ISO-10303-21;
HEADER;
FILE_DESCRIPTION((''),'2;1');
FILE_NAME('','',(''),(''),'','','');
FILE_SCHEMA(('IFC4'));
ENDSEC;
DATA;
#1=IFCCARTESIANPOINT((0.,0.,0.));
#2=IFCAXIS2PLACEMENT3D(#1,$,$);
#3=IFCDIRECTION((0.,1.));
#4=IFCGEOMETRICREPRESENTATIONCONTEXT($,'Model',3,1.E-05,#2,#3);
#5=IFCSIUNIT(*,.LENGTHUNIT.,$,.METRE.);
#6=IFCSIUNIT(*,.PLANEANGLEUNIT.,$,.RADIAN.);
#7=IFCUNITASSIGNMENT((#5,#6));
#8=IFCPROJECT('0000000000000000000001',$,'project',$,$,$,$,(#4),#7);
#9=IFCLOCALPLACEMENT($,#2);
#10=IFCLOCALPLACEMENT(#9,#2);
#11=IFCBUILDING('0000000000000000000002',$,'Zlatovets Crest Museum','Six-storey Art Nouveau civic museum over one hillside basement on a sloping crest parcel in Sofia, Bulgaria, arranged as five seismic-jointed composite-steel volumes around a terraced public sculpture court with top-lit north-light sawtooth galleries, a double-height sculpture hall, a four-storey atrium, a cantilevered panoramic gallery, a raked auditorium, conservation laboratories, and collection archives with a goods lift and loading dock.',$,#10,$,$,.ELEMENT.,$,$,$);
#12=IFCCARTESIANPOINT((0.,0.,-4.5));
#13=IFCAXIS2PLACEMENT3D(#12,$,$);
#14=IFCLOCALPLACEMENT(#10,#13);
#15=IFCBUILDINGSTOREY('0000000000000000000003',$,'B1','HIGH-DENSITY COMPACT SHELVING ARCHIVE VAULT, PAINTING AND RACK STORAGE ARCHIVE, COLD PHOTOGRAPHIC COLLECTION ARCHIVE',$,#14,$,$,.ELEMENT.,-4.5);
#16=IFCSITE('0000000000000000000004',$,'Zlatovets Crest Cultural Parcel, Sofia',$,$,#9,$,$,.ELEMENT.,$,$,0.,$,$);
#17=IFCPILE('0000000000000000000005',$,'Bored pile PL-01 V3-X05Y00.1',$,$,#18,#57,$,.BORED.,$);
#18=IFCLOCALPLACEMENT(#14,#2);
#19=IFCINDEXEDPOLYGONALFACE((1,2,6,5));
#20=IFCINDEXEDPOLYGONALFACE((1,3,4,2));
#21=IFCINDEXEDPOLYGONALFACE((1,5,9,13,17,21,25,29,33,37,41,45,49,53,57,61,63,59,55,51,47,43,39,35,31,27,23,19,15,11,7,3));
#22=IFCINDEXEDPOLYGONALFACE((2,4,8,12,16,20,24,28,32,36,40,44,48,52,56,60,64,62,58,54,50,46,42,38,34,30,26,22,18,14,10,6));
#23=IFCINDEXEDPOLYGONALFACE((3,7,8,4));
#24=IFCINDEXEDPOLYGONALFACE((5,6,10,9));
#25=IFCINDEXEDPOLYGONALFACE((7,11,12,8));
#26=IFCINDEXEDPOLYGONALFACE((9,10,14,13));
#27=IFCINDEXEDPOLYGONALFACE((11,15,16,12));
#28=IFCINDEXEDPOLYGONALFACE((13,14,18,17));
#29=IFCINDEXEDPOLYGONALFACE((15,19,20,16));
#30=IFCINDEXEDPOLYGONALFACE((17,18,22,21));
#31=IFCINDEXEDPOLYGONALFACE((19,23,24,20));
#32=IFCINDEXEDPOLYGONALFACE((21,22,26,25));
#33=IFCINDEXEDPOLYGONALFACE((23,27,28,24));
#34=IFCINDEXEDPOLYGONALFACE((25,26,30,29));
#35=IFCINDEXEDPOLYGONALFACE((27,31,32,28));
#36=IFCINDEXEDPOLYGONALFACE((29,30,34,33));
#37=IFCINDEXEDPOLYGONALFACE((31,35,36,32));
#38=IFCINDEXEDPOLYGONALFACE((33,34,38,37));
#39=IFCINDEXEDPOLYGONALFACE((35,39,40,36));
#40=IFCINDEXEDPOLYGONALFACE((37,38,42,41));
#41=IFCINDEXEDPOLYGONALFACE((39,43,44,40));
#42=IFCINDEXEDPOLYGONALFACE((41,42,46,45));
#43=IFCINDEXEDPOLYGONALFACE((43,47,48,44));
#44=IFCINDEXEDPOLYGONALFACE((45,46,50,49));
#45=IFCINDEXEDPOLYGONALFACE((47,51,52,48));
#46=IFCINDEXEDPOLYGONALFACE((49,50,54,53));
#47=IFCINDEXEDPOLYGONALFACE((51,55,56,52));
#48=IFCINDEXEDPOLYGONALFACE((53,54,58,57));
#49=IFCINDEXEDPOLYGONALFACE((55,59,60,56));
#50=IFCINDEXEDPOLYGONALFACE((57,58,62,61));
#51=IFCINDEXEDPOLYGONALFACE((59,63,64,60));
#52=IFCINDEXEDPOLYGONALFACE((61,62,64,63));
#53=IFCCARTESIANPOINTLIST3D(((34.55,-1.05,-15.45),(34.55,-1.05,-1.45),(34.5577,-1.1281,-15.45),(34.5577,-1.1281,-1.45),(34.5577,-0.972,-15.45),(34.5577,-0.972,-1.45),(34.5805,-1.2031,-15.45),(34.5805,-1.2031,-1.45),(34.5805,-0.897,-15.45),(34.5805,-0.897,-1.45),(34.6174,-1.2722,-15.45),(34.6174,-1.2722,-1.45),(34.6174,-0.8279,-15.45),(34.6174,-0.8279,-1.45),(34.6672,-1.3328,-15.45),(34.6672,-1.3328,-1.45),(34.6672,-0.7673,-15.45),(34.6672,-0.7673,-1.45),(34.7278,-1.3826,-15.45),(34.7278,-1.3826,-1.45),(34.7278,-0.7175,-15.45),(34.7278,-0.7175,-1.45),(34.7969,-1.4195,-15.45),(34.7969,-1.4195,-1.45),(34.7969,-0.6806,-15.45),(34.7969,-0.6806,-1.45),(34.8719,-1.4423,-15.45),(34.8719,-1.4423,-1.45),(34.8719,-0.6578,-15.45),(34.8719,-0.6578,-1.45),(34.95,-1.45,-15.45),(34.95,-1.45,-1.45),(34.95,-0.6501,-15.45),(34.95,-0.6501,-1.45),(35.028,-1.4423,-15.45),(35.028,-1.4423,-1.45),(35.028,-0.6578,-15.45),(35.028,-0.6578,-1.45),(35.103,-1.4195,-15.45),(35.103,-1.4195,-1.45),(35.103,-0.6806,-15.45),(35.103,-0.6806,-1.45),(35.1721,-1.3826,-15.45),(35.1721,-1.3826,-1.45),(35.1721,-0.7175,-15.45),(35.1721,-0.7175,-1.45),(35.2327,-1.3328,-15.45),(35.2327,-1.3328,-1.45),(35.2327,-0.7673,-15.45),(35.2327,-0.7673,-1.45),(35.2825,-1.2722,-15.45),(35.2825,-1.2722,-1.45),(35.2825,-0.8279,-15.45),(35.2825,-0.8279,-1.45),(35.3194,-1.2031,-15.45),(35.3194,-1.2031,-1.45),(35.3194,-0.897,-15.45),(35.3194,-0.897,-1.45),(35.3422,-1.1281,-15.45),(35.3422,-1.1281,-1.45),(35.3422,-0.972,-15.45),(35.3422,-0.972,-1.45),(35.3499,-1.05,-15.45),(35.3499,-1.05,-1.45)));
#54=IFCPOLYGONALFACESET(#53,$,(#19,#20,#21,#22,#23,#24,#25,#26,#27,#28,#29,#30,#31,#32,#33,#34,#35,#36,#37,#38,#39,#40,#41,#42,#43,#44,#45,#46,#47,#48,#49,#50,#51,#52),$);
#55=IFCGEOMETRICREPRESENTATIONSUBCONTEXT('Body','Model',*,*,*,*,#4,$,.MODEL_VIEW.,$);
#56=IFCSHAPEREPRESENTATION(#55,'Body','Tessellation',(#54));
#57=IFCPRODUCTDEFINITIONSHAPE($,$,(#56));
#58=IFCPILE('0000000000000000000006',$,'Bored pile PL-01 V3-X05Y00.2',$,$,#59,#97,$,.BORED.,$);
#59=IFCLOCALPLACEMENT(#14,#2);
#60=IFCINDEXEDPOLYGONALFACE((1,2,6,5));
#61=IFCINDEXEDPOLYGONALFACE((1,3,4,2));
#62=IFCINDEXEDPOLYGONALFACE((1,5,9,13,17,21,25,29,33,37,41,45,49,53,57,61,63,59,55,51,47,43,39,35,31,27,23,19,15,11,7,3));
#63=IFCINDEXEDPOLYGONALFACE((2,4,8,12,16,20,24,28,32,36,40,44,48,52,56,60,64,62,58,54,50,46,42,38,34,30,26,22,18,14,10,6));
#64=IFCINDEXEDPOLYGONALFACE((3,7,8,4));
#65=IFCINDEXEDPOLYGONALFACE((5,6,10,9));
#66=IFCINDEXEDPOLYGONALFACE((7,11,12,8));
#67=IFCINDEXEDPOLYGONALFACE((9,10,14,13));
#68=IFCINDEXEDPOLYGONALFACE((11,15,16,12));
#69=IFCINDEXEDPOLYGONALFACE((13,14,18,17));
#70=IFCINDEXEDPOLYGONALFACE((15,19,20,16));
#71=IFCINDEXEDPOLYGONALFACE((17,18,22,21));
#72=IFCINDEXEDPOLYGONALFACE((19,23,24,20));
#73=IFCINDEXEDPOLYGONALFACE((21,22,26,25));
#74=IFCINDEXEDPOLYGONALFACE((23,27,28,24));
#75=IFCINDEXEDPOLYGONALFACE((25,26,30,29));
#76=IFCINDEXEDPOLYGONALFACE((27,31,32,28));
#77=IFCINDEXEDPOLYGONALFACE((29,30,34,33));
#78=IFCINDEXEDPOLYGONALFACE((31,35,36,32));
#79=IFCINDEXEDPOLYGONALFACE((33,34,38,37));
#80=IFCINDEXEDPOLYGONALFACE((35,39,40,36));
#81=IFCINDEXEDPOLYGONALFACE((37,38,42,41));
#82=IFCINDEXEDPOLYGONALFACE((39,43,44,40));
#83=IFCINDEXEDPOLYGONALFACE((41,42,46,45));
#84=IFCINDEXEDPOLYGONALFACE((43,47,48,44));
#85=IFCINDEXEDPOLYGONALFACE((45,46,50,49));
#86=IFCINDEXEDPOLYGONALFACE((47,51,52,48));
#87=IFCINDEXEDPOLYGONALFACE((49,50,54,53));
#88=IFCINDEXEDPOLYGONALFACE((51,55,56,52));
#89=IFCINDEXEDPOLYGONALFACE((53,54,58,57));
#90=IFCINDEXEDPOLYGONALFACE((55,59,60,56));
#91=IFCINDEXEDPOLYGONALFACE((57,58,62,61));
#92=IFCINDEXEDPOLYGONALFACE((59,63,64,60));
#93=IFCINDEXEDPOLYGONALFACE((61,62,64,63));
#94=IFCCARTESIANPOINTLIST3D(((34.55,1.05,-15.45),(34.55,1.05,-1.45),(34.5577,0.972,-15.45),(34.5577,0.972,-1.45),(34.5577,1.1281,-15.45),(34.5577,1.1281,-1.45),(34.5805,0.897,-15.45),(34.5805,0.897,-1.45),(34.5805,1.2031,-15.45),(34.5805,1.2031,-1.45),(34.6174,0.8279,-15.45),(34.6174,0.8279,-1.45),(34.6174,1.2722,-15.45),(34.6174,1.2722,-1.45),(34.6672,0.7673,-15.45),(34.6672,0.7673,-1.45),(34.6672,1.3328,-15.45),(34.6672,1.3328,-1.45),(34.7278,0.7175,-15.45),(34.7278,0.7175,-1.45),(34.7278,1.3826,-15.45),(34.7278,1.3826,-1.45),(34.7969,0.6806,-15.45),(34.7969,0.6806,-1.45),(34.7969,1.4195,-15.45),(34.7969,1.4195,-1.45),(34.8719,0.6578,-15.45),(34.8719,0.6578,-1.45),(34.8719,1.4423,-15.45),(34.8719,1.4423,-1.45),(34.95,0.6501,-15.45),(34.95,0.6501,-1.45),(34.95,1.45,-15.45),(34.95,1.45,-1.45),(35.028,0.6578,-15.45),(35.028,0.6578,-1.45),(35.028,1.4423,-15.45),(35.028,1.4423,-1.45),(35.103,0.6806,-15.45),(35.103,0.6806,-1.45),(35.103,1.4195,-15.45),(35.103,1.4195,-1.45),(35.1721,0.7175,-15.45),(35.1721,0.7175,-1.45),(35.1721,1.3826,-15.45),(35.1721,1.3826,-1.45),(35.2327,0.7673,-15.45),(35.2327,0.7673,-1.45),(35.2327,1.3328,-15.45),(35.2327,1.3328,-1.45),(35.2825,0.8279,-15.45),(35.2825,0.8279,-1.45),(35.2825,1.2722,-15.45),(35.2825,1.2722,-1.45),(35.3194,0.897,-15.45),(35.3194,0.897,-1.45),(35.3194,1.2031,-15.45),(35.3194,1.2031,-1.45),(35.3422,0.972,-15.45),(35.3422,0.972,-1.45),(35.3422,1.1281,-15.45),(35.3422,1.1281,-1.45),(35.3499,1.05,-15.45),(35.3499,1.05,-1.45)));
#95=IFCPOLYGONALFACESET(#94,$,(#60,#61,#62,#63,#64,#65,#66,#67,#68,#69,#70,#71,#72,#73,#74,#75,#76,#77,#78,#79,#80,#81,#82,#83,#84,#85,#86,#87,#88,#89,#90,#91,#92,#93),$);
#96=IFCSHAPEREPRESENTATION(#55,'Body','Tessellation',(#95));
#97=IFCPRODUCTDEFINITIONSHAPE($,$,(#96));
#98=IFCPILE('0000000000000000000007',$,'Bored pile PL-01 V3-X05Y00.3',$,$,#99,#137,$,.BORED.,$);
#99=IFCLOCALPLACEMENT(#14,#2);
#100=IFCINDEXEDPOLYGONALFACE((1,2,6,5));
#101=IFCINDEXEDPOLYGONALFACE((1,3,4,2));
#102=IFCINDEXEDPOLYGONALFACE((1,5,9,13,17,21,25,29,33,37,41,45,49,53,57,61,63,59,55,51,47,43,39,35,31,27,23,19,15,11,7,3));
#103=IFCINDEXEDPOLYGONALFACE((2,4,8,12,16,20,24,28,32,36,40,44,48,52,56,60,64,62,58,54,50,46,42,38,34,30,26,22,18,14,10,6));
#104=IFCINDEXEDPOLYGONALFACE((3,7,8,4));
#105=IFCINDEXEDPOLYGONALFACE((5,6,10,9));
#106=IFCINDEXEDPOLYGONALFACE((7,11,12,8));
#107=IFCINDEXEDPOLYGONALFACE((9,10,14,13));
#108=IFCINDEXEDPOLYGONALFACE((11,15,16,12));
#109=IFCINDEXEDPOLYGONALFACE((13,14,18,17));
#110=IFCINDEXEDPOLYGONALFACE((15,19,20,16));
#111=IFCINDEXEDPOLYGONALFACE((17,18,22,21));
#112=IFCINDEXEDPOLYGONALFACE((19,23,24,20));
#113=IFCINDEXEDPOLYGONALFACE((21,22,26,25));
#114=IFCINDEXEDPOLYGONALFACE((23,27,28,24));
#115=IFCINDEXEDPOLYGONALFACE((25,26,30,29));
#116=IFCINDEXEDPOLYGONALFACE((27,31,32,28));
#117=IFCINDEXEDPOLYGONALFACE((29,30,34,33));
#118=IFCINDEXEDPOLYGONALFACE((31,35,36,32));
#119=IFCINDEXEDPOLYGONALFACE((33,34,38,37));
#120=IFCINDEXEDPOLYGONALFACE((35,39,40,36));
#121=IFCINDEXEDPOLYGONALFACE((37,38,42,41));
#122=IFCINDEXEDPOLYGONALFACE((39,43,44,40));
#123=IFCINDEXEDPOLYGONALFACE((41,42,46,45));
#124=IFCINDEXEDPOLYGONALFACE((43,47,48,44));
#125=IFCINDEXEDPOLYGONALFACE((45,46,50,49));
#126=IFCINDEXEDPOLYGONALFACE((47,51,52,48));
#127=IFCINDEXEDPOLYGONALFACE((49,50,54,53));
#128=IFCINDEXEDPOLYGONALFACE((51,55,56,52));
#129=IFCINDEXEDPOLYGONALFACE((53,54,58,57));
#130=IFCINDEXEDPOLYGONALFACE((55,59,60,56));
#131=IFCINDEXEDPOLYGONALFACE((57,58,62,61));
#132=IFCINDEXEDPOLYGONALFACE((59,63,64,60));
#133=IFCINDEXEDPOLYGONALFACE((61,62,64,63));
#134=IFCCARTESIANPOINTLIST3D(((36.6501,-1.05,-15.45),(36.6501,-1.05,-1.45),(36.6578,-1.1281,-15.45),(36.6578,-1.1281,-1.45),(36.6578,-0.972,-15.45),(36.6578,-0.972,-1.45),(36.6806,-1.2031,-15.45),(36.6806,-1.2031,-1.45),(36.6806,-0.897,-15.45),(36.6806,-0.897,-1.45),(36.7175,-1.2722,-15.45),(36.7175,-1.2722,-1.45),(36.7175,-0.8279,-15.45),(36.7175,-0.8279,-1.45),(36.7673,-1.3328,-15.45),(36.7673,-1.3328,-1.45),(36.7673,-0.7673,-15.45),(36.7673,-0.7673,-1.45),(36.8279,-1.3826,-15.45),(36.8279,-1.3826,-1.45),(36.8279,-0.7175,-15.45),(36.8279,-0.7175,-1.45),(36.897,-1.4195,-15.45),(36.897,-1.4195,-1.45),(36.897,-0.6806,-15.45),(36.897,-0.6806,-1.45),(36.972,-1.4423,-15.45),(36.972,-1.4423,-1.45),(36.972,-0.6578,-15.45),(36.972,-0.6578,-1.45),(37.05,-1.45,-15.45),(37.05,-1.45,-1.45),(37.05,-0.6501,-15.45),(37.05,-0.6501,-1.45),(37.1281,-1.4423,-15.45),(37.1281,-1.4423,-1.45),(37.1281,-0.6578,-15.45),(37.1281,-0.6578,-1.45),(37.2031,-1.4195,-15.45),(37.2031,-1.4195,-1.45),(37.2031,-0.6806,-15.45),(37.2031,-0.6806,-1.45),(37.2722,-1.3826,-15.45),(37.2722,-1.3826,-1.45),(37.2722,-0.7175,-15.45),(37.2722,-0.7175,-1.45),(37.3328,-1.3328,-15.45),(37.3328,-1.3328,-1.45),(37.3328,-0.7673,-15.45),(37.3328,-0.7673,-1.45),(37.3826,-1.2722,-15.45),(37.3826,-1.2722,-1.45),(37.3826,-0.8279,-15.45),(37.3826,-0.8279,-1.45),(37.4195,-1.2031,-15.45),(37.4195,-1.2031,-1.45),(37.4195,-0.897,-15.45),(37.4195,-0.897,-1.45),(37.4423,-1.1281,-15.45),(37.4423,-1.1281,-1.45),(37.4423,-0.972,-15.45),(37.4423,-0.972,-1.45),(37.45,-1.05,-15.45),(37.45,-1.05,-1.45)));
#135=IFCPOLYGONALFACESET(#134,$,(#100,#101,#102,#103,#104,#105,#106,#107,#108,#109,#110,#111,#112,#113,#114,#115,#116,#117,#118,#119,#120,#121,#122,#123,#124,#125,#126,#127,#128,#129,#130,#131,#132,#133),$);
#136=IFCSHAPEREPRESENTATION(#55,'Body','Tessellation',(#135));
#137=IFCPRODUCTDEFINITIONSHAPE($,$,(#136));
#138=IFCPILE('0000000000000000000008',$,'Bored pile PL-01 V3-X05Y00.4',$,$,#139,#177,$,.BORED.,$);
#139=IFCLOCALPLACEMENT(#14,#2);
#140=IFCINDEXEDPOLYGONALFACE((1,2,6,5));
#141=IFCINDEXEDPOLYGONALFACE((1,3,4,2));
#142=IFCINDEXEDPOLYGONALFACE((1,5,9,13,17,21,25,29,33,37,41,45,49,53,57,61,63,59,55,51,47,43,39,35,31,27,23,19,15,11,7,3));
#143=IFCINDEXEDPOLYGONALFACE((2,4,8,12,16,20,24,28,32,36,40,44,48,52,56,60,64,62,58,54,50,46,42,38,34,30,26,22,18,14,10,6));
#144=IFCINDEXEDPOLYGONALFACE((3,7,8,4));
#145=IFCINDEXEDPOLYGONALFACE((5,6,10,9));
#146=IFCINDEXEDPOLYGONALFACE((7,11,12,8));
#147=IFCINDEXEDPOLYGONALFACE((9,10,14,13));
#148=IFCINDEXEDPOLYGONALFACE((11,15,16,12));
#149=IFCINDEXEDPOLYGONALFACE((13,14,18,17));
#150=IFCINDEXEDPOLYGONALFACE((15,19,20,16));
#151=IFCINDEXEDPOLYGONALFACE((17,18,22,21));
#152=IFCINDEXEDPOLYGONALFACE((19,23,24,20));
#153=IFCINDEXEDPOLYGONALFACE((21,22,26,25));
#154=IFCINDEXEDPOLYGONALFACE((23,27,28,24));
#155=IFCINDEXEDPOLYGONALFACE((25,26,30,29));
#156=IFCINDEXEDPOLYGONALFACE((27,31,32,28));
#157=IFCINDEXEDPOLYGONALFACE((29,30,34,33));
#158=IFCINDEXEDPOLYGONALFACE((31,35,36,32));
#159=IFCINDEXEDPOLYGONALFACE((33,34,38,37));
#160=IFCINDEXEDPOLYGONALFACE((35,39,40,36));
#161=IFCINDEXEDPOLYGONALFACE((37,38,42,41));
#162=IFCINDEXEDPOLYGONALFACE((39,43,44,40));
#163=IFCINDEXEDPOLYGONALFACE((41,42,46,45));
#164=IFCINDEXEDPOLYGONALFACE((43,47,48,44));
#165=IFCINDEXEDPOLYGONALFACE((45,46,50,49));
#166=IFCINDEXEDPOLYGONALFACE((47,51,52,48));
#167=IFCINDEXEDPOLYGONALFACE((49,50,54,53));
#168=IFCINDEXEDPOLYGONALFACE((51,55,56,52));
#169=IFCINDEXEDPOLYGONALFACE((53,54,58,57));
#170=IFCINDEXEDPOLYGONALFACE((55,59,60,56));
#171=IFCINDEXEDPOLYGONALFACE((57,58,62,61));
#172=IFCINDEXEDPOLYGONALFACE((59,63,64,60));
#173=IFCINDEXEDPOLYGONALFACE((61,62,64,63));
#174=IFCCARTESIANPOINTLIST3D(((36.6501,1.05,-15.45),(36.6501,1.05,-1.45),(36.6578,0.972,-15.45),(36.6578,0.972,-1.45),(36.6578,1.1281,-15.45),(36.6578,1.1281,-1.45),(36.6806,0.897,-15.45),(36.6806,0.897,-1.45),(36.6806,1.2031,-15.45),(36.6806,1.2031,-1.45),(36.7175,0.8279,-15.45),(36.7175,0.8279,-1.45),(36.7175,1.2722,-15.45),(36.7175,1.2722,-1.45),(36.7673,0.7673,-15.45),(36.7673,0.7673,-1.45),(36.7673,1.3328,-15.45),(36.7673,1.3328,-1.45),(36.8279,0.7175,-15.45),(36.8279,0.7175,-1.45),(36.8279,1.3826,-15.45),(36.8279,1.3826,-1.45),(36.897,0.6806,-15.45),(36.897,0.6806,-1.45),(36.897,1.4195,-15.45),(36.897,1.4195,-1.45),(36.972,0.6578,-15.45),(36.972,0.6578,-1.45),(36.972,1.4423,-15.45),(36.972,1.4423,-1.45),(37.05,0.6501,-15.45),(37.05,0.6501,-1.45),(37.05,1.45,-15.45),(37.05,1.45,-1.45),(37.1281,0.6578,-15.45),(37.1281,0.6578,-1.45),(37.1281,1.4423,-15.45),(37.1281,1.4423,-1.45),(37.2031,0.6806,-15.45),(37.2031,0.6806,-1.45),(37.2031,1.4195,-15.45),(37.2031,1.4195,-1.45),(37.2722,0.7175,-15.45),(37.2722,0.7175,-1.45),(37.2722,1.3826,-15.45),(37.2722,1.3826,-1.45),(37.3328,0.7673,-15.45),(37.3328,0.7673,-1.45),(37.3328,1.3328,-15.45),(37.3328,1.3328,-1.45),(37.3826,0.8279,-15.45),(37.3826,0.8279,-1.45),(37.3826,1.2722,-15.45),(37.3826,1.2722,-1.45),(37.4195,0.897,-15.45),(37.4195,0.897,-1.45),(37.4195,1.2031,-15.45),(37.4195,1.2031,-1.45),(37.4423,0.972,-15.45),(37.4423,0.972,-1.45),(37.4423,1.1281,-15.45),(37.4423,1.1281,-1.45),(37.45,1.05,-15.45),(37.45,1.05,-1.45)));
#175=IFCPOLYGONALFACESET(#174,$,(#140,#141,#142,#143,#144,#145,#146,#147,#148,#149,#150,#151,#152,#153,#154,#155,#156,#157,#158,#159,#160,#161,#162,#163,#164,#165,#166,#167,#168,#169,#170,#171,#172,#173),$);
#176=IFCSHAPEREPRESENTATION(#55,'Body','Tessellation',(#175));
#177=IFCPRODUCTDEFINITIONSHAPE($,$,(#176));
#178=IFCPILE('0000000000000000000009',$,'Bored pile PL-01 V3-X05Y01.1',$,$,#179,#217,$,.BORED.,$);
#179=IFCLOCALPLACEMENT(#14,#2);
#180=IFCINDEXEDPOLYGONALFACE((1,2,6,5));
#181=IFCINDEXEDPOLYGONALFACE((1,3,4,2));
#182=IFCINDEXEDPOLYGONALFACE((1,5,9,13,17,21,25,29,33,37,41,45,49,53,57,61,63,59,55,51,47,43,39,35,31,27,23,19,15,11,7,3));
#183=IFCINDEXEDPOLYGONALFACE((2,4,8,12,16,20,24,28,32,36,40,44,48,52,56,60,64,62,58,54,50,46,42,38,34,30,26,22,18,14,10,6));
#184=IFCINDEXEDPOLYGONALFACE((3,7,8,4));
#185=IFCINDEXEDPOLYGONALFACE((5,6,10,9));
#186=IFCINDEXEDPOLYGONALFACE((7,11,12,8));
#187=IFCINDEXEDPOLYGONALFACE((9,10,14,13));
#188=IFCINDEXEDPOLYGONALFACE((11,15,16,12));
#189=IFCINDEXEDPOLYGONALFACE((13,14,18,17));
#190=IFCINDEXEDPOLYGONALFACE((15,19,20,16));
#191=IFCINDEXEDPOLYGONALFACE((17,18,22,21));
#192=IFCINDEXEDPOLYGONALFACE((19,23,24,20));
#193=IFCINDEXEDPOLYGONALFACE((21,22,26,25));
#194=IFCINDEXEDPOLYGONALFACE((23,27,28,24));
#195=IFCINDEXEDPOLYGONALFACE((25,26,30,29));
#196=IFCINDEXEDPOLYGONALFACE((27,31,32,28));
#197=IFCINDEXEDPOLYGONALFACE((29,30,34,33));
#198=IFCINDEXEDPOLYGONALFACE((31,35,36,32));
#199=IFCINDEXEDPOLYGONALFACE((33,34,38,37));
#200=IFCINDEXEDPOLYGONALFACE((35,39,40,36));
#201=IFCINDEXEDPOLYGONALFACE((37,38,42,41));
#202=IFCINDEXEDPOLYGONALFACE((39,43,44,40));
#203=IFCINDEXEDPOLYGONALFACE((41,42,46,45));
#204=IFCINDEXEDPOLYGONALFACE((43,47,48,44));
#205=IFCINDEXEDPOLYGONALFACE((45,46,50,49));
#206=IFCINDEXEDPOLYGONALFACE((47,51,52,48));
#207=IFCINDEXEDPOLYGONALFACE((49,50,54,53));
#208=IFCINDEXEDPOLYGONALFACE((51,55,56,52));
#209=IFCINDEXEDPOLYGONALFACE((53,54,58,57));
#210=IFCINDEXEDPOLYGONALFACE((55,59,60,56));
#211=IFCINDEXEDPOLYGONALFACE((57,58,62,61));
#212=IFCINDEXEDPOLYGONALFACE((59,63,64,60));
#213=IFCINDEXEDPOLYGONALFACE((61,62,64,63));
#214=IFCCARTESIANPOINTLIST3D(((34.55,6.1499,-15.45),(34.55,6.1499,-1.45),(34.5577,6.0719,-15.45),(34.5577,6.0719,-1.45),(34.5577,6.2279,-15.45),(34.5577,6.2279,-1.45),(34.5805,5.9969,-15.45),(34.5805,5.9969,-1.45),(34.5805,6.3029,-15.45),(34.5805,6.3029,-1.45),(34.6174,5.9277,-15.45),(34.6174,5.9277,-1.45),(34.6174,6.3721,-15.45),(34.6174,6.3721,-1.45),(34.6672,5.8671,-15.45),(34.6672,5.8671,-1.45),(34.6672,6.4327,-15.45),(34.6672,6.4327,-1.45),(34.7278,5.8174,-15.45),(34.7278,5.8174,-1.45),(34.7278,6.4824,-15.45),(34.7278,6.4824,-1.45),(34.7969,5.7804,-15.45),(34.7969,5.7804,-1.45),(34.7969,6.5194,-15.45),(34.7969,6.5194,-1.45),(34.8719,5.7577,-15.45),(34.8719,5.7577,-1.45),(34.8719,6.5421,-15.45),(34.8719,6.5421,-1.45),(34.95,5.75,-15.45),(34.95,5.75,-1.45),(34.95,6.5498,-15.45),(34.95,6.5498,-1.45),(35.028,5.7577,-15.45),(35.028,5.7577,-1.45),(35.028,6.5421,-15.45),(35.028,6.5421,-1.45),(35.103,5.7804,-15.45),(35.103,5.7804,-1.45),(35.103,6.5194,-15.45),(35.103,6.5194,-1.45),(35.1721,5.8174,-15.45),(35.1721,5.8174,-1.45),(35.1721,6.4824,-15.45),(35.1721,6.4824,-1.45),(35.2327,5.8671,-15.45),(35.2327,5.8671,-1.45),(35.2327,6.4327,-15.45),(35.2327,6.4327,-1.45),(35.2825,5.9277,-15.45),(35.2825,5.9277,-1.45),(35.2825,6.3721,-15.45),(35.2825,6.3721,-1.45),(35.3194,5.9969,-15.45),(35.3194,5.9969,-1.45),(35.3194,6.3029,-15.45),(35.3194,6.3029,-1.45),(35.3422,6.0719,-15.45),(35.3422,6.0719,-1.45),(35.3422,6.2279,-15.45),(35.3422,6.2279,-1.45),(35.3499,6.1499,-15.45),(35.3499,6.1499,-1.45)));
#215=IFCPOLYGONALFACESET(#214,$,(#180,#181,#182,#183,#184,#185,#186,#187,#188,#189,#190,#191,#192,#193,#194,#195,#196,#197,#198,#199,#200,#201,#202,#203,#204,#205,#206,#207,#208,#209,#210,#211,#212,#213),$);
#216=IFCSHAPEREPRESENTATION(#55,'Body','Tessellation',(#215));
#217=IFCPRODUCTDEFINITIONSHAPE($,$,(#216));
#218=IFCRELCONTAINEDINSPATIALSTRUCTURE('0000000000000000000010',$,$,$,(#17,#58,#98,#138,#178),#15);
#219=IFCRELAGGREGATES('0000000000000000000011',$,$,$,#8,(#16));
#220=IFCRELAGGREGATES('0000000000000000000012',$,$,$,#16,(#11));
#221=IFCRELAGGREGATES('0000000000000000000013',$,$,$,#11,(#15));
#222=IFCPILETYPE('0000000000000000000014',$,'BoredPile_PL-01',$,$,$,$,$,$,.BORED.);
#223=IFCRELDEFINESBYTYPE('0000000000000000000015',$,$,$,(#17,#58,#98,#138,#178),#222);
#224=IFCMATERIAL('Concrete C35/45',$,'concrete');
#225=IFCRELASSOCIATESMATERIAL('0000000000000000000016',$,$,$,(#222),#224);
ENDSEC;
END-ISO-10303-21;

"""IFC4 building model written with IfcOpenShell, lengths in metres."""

from ifc_helpers import new_model, si_unit, direction, frame, origin, origin_2d, place, context, subcontext, project, spatial, circle, extrude, material, material_profile, profile_set, type_object, element, save


model = new_model("IFC4")

# Units and contexts
model_context = context("Model", 3, precision=1e-05, world=origin(), true_north=direction((0.0, 1.0)))
body_context = subcontext(model_context, "Body", "Model", "MODEL_VIEW")
ifc_project = project(units=[si_unit("LENGTHUNIT", "METRE"), si_unit("PLANEANGLEUNIT", "RADIAN")], contexts=[model_context])

# Site, building, storey
site_placement = place(None, origin())
site = spatial("IfcSite", under=ifc_project, at=site_placement, Name="Zlatovets Crest Cultural Parcel, Sofia", CompositionType="ELEMENT", RefElevation=0.0)
building_placement = place(site_placement, origin())
building = spatial("IfcBuilding", under=site, at=building_placement, Name="Zlatovets Crest Museum", Description="Six-storey Art Nouveau civic museum over one hillside basement on a sloping crest parcel in Sofia, Bulgaria, arranged as five seismic-jointed composite-steel volumes around a terraced public sculpture court with top-lit north-light sawtooth galleries, a double-height sculpture hall, a four-storey atrium, a cantilevered panoramic gallery, a raked auditorium, conservation laboratories, and collection archives with a goods lift and loading dock.", CompositionType="ELEMENT")
storey_placement = place(building_placement, frame((0.0, 0.0, -4.5)))
storey = spatial("IfcBuildingStorey", under=building, at=storey_placement, Name="B1", Description="HIGH-DENSITY COMPACT SHELVING ARCHIVE VAULT, PAINTING AND RACK STORAGE ARCHIVE, COLD PHOTOGRAPHIC COLLECTION ARCHIVE", CompositionType="ELEMENT", Elevation=-4.5)

# Piles
ifc_material_1 = material(Name="Concrete C35/45", Category="concrete")
ifc_material_profile_1 = material_profile(ifc_material_1, circle(Radius=0.3999, at=origin_2d()), Name="PILE D800")
ifc_profile_set_1 = profile_set([ifc_material_profile_1], Name="Concrete C35/45")
pile_type = type_object("IfcPileType", Name="BoredPile_PL-01", PredefinedType="BORED", material=ifc_profile_set_1)
for number, where, z_axis, x_axis, name in (
    (1, (34.95, -1.05, -1.45), (0.0, 0.0, -1.0), (1.0, 0.0, 0.0), "Bored pile PL-01 V3-X05Y00.1"),
    (2, (34.95, 1.05, -1.45), (0.0, 0.0, -1.0), (1.0, 0.0, 0.0), "Bored pile PL-01 V3-X05Y00.2"),
    (3, (37.05, -1.05, -1.45), (0.0, 0.0, -1.0), (1.0, 0.0, 0.0), "Bored pile PL-01 V3-X05Y00.3"),
    (4, (37.05, 1.05, -1.45), (0.0, 0.0, -1.0), (1.0, 0.0, 0.0), "Bored pile PL-01 V3-X05Y00.4"),
    (5, (34.95, 6.1499, -1.45), (0.0, 0.0, -1.0), (1.0, 0.0, 0.0), "Bored pile PL-01 V3-X05Y01.1"),
):
    element("IfcPile", number, at=place(storey_placement, frame(where, z_axis=z_axis, x_axis=x_axis)), inside=storey, type_object=pile_type, Name=name, PredefinedType="BORED", context=body_context, shape_type="SweptSolid", body=[
        extrude(circle(Radius=0.3999, at=origin_2d()), origin(), (0.0, 0.0, 1.0), 14.0),
    ])

save(model, "model.ifc")
